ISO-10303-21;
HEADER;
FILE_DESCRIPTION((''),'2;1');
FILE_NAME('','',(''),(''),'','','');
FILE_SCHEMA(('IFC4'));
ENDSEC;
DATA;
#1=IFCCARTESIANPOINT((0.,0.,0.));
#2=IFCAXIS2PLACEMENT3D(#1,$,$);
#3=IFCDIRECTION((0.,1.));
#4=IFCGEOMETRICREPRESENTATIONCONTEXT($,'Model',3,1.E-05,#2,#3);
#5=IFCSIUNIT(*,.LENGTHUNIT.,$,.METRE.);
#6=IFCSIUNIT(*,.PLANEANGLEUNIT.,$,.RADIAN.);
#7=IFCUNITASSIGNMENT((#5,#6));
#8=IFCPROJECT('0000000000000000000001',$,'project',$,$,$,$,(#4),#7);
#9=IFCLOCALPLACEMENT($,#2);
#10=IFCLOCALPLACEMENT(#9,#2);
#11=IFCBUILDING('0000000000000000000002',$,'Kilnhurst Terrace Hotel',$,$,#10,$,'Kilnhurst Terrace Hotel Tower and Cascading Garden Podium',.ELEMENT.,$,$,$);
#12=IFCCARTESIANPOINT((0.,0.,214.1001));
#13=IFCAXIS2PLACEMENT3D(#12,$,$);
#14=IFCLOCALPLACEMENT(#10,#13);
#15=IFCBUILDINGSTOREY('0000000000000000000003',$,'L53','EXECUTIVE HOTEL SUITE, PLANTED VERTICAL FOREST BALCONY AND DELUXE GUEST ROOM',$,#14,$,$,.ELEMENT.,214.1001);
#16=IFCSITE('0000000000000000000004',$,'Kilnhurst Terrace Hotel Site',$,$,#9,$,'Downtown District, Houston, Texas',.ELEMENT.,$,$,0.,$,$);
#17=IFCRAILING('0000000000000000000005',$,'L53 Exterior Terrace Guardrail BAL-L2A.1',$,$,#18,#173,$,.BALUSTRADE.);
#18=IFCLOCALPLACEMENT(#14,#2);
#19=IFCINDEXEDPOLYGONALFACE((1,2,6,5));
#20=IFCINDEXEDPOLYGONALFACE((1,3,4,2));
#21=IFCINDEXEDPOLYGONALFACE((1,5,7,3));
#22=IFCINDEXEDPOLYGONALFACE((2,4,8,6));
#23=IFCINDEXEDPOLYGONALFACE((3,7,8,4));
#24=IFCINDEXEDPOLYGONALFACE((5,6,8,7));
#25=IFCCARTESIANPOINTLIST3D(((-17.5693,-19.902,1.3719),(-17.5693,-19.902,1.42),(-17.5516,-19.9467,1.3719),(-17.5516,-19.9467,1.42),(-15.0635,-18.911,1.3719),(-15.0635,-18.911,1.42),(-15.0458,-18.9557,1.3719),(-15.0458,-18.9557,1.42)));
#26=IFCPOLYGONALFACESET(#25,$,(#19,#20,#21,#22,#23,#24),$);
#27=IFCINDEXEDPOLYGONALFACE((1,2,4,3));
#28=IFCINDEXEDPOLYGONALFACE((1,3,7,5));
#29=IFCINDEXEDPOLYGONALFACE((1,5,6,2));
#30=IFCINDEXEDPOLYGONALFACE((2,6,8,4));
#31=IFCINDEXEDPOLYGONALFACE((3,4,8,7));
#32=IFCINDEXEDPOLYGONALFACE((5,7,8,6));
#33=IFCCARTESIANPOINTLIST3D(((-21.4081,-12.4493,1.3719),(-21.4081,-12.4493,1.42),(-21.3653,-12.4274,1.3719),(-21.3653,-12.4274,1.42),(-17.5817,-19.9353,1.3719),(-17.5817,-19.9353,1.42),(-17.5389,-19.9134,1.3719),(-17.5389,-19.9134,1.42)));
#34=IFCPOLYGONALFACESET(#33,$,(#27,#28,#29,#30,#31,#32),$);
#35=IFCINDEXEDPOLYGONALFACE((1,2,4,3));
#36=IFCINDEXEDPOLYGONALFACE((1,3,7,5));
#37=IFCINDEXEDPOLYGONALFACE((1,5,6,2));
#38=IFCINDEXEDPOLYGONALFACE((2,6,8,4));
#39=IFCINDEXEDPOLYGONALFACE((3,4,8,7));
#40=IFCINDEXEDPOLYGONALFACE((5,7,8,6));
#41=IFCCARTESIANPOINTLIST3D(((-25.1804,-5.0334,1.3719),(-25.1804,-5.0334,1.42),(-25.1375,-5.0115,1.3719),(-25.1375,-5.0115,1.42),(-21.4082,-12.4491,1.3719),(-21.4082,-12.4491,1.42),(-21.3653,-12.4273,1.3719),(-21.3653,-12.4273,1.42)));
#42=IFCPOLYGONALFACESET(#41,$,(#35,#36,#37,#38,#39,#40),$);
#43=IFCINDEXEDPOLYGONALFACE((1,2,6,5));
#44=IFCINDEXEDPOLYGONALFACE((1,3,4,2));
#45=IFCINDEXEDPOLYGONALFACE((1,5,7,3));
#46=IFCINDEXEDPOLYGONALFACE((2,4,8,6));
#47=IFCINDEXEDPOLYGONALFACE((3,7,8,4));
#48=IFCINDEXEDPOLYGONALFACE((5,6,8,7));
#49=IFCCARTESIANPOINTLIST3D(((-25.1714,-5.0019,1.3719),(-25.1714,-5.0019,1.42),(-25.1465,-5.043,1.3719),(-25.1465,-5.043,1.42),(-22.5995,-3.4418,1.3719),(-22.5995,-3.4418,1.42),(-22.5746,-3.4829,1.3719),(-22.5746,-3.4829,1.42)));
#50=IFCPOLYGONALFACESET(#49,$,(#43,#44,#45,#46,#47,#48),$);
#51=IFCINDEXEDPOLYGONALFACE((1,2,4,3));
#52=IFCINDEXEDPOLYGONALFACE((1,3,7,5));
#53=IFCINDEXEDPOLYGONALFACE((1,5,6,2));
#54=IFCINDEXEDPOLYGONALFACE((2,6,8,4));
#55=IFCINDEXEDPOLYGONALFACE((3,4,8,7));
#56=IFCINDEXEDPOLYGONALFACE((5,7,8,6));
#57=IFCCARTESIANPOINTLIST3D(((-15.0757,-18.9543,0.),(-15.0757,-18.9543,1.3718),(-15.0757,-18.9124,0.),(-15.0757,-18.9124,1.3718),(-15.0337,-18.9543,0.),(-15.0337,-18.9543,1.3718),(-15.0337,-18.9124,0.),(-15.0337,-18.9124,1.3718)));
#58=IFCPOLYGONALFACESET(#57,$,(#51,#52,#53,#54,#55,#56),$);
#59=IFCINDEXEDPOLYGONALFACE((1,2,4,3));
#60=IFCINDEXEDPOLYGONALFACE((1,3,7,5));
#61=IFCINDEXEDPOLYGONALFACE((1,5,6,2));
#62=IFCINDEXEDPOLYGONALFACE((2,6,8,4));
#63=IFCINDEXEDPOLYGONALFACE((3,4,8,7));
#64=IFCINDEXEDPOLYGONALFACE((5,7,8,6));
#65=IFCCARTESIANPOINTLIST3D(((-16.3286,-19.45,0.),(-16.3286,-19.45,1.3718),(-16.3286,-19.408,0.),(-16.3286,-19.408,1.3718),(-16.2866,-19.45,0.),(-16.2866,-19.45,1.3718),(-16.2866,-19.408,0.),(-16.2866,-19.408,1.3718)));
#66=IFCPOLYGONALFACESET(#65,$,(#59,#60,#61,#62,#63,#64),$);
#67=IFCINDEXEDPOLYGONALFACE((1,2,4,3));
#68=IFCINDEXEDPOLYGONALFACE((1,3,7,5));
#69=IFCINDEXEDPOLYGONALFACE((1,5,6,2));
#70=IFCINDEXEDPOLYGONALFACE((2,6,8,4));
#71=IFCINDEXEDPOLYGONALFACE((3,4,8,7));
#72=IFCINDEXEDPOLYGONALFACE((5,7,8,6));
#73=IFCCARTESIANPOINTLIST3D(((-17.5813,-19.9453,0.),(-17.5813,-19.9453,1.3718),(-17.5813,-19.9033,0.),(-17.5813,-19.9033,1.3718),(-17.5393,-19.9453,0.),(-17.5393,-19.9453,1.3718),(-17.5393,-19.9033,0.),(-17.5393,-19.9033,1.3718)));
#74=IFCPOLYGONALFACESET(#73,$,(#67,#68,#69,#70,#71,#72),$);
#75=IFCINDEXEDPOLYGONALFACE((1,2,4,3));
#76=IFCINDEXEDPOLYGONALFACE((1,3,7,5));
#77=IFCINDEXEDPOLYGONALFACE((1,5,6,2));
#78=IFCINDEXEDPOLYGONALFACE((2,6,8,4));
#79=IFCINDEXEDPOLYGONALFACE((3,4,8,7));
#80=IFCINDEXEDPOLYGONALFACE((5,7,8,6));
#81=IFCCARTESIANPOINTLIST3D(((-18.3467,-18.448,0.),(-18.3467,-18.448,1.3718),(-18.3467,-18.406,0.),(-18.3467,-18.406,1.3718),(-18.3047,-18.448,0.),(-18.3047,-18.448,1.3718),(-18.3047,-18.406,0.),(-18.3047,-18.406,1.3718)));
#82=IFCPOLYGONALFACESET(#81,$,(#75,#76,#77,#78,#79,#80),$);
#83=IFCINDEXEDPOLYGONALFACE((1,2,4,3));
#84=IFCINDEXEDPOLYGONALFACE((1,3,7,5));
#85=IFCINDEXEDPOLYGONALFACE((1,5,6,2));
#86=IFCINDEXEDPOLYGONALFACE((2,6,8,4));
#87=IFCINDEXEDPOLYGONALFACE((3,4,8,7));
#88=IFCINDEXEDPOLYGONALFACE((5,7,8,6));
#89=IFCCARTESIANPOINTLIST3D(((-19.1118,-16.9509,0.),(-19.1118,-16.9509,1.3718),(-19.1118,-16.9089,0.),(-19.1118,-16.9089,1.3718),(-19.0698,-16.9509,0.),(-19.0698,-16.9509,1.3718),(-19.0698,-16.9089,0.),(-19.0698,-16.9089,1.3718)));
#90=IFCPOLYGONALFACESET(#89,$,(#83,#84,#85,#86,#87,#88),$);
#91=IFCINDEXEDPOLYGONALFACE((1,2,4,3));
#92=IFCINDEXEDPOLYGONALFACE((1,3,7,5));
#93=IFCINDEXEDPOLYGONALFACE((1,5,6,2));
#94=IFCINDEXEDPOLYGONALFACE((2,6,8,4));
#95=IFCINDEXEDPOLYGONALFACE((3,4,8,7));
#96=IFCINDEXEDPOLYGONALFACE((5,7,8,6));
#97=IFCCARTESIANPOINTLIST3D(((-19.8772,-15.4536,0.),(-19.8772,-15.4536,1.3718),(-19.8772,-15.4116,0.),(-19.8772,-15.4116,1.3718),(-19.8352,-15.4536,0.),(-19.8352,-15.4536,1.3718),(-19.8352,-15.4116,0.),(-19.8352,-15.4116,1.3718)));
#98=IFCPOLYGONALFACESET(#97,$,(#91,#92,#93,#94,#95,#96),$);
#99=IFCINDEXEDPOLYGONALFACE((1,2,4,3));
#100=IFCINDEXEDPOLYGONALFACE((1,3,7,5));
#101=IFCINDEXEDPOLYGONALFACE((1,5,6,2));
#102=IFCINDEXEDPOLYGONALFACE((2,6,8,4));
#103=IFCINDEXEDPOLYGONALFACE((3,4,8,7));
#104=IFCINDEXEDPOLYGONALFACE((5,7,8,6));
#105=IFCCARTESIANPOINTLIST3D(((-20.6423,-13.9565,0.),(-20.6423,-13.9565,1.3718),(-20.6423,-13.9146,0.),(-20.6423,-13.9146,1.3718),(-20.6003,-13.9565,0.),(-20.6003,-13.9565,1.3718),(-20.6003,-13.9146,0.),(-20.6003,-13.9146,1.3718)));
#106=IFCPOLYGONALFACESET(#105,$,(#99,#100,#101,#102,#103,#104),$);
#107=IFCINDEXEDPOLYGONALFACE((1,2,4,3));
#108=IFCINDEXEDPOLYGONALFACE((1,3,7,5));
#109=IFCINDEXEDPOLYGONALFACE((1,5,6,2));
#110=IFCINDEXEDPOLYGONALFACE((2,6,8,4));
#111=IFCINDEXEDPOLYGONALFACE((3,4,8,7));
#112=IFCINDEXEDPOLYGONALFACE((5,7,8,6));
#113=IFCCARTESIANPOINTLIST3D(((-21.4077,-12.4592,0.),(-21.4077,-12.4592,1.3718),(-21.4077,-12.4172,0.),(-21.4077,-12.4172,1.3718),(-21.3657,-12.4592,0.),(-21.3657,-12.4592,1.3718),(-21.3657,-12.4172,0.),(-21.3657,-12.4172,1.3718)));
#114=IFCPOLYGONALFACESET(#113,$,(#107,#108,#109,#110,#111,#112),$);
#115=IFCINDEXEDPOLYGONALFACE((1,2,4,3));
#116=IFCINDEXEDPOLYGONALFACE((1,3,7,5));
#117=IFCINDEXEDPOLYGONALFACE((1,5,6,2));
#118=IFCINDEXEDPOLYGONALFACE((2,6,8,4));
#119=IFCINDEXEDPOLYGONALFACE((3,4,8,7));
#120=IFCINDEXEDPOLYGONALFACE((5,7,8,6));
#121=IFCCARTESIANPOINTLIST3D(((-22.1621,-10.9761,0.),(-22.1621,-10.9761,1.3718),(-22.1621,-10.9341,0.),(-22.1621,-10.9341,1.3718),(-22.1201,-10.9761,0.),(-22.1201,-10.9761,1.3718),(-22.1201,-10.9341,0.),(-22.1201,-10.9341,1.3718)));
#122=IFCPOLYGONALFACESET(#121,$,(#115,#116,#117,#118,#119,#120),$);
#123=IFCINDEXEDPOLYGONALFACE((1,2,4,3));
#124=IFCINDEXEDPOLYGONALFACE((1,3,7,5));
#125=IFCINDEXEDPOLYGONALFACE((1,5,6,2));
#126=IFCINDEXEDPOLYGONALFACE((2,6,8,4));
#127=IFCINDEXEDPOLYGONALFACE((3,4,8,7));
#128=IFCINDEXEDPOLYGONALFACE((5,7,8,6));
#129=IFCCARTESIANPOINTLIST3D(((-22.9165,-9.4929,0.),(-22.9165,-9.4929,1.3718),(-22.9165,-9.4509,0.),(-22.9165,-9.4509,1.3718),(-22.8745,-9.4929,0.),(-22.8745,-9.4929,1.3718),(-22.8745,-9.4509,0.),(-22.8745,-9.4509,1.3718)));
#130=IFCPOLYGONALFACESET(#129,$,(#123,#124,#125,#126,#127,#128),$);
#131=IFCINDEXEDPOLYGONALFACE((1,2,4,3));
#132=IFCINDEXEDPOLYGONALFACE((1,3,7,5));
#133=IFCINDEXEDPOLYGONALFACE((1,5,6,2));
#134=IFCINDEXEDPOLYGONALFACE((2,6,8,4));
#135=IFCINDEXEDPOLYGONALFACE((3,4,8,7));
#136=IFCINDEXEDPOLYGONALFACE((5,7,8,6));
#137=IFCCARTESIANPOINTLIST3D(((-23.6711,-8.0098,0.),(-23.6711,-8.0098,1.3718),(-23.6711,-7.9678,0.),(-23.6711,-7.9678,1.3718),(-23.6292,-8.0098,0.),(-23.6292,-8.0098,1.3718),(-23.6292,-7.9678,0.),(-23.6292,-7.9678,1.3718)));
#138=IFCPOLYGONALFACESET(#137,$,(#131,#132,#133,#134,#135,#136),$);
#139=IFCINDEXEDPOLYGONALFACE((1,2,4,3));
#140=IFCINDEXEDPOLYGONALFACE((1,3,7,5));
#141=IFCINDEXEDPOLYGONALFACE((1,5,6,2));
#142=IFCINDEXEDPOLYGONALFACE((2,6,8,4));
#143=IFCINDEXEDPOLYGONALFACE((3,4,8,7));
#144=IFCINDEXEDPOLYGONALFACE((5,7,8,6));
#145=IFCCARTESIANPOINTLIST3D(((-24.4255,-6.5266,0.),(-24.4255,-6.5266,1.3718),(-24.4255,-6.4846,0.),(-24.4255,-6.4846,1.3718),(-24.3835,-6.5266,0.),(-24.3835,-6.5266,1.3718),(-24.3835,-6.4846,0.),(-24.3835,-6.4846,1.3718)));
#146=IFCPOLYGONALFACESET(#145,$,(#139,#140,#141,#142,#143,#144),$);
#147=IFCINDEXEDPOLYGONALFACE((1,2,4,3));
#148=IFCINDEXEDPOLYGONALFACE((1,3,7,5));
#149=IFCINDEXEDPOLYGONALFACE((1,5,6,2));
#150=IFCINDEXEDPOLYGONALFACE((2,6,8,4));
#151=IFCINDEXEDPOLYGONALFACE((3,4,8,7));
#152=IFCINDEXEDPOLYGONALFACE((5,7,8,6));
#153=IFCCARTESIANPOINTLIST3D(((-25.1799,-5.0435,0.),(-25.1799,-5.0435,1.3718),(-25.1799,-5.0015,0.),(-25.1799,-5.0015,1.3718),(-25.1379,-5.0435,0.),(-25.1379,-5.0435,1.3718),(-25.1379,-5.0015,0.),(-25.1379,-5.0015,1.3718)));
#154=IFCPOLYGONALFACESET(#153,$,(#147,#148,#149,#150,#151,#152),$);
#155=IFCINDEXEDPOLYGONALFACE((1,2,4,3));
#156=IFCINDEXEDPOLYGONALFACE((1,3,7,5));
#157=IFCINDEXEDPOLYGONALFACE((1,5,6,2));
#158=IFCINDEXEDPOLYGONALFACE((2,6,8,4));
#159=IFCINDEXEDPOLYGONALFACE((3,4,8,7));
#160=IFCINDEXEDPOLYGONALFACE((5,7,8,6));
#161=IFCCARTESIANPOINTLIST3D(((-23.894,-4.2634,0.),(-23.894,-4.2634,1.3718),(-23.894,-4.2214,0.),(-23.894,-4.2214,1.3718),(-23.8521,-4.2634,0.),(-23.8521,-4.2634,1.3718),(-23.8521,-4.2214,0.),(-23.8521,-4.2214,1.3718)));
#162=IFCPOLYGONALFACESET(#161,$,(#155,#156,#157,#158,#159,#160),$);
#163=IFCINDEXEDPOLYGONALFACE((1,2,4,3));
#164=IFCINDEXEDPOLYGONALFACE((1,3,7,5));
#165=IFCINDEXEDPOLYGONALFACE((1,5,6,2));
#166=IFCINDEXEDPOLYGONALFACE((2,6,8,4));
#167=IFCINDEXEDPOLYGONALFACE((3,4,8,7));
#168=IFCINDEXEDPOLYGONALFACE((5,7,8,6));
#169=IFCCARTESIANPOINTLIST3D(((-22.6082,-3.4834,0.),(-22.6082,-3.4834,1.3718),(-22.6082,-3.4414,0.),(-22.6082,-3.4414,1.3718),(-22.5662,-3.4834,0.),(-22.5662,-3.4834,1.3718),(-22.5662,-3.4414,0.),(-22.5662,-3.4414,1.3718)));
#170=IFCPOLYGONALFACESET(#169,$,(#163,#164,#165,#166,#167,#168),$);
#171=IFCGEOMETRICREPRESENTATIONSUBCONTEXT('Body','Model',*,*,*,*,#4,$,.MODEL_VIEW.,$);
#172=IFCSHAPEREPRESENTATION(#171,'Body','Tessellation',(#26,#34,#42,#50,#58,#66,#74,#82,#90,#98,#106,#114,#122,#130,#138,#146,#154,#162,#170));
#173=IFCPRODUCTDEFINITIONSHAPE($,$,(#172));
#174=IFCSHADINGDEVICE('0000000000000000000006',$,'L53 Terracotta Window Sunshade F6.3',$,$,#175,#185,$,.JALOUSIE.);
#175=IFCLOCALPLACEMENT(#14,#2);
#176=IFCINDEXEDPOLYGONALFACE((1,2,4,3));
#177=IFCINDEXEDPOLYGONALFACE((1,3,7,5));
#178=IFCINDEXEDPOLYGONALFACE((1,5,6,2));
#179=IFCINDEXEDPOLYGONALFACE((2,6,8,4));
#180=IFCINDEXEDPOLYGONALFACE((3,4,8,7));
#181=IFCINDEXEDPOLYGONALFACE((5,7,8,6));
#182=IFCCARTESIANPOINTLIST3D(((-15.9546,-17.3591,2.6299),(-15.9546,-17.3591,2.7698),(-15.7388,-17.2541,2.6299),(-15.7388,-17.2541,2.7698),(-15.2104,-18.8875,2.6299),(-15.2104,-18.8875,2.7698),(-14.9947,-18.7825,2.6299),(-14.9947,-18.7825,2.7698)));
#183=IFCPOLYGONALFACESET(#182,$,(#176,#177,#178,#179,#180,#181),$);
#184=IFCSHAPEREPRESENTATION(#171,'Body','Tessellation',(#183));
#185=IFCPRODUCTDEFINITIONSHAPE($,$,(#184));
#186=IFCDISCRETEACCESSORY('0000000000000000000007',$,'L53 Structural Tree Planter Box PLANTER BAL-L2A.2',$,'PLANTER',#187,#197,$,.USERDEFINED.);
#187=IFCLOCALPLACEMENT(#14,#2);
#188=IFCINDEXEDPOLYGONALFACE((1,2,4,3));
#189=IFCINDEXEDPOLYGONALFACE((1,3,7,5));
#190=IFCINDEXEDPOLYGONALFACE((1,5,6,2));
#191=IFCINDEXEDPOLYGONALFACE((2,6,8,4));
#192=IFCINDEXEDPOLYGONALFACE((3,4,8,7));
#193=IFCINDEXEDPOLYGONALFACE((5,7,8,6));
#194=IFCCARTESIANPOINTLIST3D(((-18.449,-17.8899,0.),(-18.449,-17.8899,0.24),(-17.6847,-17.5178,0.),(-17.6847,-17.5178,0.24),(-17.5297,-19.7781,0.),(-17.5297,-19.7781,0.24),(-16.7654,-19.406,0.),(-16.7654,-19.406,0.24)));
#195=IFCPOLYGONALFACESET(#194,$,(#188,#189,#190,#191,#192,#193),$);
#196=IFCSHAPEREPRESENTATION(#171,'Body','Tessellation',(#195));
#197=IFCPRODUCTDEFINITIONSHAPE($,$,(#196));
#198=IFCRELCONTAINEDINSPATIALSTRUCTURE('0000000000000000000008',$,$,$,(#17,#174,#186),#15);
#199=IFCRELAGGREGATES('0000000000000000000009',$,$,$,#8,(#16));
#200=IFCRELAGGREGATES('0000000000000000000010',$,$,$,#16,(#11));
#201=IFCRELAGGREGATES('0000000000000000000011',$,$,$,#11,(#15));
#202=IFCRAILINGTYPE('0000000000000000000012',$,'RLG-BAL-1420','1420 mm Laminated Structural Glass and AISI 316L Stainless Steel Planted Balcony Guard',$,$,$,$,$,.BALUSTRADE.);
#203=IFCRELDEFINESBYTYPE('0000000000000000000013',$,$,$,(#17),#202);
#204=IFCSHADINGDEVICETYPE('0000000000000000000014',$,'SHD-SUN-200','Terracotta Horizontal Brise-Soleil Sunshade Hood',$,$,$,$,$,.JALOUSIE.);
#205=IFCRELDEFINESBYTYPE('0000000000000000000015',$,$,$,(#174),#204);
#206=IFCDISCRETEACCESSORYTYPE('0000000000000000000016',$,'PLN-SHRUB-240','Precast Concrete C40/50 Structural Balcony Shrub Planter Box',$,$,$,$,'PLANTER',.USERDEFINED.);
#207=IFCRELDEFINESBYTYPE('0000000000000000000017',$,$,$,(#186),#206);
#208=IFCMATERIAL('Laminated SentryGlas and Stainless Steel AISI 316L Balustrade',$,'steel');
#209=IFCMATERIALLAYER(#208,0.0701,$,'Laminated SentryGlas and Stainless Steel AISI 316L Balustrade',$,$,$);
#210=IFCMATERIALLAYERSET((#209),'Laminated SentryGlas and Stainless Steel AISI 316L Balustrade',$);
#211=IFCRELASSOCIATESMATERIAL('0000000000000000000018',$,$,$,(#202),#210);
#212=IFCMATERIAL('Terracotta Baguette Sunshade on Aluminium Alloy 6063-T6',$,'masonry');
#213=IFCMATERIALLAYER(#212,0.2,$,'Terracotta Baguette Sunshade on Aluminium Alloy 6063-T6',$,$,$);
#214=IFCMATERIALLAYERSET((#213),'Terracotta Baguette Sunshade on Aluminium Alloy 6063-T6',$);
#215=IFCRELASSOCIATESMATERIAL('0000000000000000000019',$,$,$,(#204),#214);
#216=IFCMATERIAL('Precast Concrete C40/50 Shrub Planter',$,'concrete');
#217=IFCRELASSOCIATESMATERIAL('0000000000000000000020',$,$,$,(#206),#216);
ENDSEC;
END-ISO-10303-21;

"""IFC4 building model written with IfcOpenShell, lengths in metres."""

from ifc_helpers import new_model, si_unit, direction, frame, origin, origin_2d, place, context, subcontext, project, spatial, rectangle, extrude, material, layer, layer_set, type_object, element, save


model = new_model("IFC4")

# Units and contexts
model_context = context("Model", 3, precision=1e-05, world=origin(), true_north=direction((0.0, 1.0)))
body_context = subcontext(model_context, "Body", "Model", "MODEL_VIEW")
ifc_project = project(units=[si_unit("LENGTHUNIT", "METRE"), si_unit("PLANEANGLEUNIT", "RADIAN")], contexts=[model_context])

# Site, building, storey
site_placement = place(None, origin())
site = spatial("IfcSite", under=ifc_project, at=site_placement, Name="Kilnhurst Terrace Hotel Site", LongName="Downtown District, Houston, Texas", CompositionType="ELEMENT", RefElevation=0.0)
building_placement = place(site_placement, origin())
building = spatial("IfcBuilding", under=site, at=building_placement, Name="Kilnhurst Terrace Hotel", LongName="Kilnhurst Terrace Hotel Tower and Cascading Garden Podium", CompositionType="ELEMENT")
storey_placement = place(building_placement, frame((0.0, 0.0, 214.1001)))
storey = spatial("IfcBuildingStorey", under=building, at=storey_placement, Name="L53", Description="EXECUTIVE HOTEL SUITE, PLANTED VERTICAL FOREST BALCONY AND DELUXE GUEST ROOM", CompositionType="ELEMENT", Elevation=214.1001)

# Railing
ifc_material_1 = material(Name="Laminated SentryGlas and Stainless Steel AISI 316L Balustrade", Category="steel")
ifc_layer_1 = layer(ifc_material_1, 0.0701, Name="Laminated SentryGlas and Stainless Steel AISI 316L Balustrade")
ifc_layer_set_1 = layer_set([ifc_layer_1], Name="Laminated SentryGlas and Stainless Steel AISI 316L Balustrade")
railing_type = type_object("IfcRailingType", Name="RLG-BAL-1420", Description="1420 mm Laminated Structural Glass and AISI 316L Stainless Steel Planted Balcony Guard", PredefinedType="BALUSTRADE", material=ifc_layer_set_1)
railing_placement = place(storey_placement, frame((-15.0547, -18.9333, 0.0)))
element("IfcRailing", 1, at=railing_placement, inside=storey, type_object=railing_type, Name="L53 Exterior Terrace Guardrail BAL-L2A.1", PredefinedType="BALUSTRADE", context=body_context, shape_type="SweptSolid", body=[
    extrude(rectangle(XDim=0.0481, YDim=0.0481, at=origin_2d()), frame((0.0, 0.0, 1.396), z_axis=(-0.929913, -0.367779, 0.0), x_axis=(0.367779, -0.929913, 0.0)), (0.0, 0.0, 1.0), 2.6946),
    extrude(rectangle(XDim=0.0481, YDim=0.0481, at=origin_2d()), frame((-2.5056, -0.991, 1.396), z_axis=(-0.455129, 0.890425, 0.0), x_axis=(-0.890425, -0.455129, 0.0)), (0.0, 0.0, 1.0), 8.4072),
    extrude(rectangle(XDim=0.0481, YDim=0.0481, at=origin_2d()), frame((-6.332, 6.4951, 1.396), z_axis=(-0.453389, 0.891313, 0.0), x_axis=(-0.891313, -0.453389, 0.0)), (0.0, 0.0, 1.0), 8.3201),
    extrude(rectangle(XDim=0.0481, YDim=0.0481, at=origin_2d()), frame((-10.1042, 13.9109, 1.396), z_axis=(0.854991, 0.518643, 0.0), x_axis=(-0.518643, 0.854991, 0.0)), (0.0, 0.0, 1.0), 3.0081),
    extrude(rectangle(XDim=0.042, YDim=0.042, at=origin_2d()), origin(), (0.0, 0.0, 1.0), 1.3718),
    extrude(rectangle(XDim=0.042, YDim=0.042, at=origin_2d()), frame((-1.2529, -0.4956, 0.0)), (0.0, 0.0, 1.0), 1.3718),
    extrude(rectangle(XDim=0.042, YDim=0.042, at=origin_2d()), frame((-2.5056, -0.991, 0.0)), (0.0, 0.0, 1.0), 1.3718),
    extrude(rectangle(XDim=0.042, YDim=0.042, at=origin_2d()), frame((-3.271, 0.5063, 0.0)), (0.0, 0.0, 1.0), 1.3718),
    extrude(rectangle(XDim=0.042, YDim=0.042, at=origin_2d()), frame((-4.0361, 2.0034, 0.0)), (0.0, 0.0, 1.0), 1.3718),
    extrude(rectangle(XDim=0.042, YDim=0.042, at=origin_2d()), frame((-4.8015, 3.5007, 0.0)), (0.0, 0.0, 1.0), 1.3718),
    extrude(rectangle(XDim=0.042, YDim=0.042, at=origin_2d()), frame((-5.5667, 4.9978, 0.0)), (0.0, 0.0, 1.0), 1.3718),
    extrude(rectangle(XDim=0.042, YDim=0.042, at=origin_2d()), frame((-6.332, 6.4951, 0.0)), (0.0, 0.0, 1.0), 1.3718),
    extrude(rectangle(XDim=0.042, YDim=0.042, at=origin_2d()), frame((-7.0864, 7.9783, 0.0)), (0.0, 0.0, 1.0), 1.3718),
    extrude(rectangle(XDim=0.042, YDim=0.042, at=origin_2d()), frame((-7.8408, 9.4614, 0.0)), (0.0, 0.0, 1.0), 1.3718),
    extrude(rectangle(XDim=0.042, YDim=0.042, at=origin_2d()), frame((-8.5955, 10.9446, 0.0)), (0.0, 0.0, 1.0), 1.3718),
    extrude(rectangle(XDim=0.042, YDim=0.042, at=origin_2d()), frame((-9.3499, 12.4277, 0.0)), (0.0, 0.0, 1.0), 1.3718),
    extrude(rectangle(XDim=0.042, YDim=0.042, at=origin_2d()), frame((-10.1042, 13.9109, 0.0)), (0.0, 0.0, 1.0), 1.3718),
    extrude(rectangle(XDim=0.042, YDim=0.042, at=origin_2d()), frame((-8.8184, 14.6909, 0.0)), (0.0, 0.0, 1.0), 1.3718),
    extrude(rectangle(XDim=0.042, YDim=0.042, at=origin_2d()), frame((-7.5325, 15.4709, 0.0)), (0.0, 0.0, 1.0), 1.3718),
])

# Shading device
ifc_material_2 = material(Name="Terracotta Baguette Sunshade on Aluminium Alloy 6063-T6", Category="masonry")
ifc_layer_2 = layer(ifc_material_2, 0.2, Name="Terracotta Baguette Sunshade on Aluminium Alloy 6063-T6")
ifc_layer_set_2 = layer_set([ifc_layer_2], Name="Terracotta Baguette Sunshade on Aluminium Alloy 6063-T6")
shading_device_type = type_object("IfcShadingDeviceType", Name="SHD-SUN-200", Description="Terracotta Horizontal Brise-Soleil Sunshade Hood", PredefinedType="JALOUSIE", material=ifc_layer_set_2)
shading_device_placement = place(storey_placement, frame((-15.4746, -18.0708, 2.6299), z_axis=(0.0, 0.0, 1.0), x_axis=(0.437744, -0.8991, 0.0)))
element("IfcShadingDevice", 2, at=shading_device_placement, inside=storey, type_object=shading_device_type, Name="L53 Terracotta Window Sunshade F6.3", PredefinedType="JALOUSIE", context=body_context, shape_type="SweptSolid", body=[
    extrude(rectangle(XDim=1.7, YDim=0.24, at=origin_2d()), origin(), (0.0, 0.0, 1.0), 0.1399),
])

# Discrete accessory
ifc_material_3 = material(Name="Precast Concrete C40/50 Shrub Planter", Category="concrete")
discrete_accessory_type = type_object("IfcDiscreteAccessoryType", Name="PLN-SHRUB-240", Description="Precast Concrete C40/50 Structural Balcony Shrub Planter Box", ElementType="PLANTER", PredefinedType="USERDEFINED", material=ifc_material_3)
discrete_accessory_placement = place(storey_placement, frame((-17.6072, -18.6479, 0.0), z_axis=(0.0, 0.0, 1.0), x_axis=(0.437744, -0.8991, 0.0)))
element("IfcDiscreteAccessory", 3, at=discrete_accessory_placement, inside=storey, type_object=discrete_accessory_type, Name="L53 Structural Tree Planter Box PLANTER BAL-L2A.2", ObjectType="PLANTER", PredefinedType="USERDEFINED", context=body_context, shape_type="SweptSolid", body=[
    extrude(rectangle(XDim=2.1001, YDim=0.8501, at=origin_2d()), origin(), (0.0, 0.0, 1.0), 0.24),
])

save(model, "model.ifc")
